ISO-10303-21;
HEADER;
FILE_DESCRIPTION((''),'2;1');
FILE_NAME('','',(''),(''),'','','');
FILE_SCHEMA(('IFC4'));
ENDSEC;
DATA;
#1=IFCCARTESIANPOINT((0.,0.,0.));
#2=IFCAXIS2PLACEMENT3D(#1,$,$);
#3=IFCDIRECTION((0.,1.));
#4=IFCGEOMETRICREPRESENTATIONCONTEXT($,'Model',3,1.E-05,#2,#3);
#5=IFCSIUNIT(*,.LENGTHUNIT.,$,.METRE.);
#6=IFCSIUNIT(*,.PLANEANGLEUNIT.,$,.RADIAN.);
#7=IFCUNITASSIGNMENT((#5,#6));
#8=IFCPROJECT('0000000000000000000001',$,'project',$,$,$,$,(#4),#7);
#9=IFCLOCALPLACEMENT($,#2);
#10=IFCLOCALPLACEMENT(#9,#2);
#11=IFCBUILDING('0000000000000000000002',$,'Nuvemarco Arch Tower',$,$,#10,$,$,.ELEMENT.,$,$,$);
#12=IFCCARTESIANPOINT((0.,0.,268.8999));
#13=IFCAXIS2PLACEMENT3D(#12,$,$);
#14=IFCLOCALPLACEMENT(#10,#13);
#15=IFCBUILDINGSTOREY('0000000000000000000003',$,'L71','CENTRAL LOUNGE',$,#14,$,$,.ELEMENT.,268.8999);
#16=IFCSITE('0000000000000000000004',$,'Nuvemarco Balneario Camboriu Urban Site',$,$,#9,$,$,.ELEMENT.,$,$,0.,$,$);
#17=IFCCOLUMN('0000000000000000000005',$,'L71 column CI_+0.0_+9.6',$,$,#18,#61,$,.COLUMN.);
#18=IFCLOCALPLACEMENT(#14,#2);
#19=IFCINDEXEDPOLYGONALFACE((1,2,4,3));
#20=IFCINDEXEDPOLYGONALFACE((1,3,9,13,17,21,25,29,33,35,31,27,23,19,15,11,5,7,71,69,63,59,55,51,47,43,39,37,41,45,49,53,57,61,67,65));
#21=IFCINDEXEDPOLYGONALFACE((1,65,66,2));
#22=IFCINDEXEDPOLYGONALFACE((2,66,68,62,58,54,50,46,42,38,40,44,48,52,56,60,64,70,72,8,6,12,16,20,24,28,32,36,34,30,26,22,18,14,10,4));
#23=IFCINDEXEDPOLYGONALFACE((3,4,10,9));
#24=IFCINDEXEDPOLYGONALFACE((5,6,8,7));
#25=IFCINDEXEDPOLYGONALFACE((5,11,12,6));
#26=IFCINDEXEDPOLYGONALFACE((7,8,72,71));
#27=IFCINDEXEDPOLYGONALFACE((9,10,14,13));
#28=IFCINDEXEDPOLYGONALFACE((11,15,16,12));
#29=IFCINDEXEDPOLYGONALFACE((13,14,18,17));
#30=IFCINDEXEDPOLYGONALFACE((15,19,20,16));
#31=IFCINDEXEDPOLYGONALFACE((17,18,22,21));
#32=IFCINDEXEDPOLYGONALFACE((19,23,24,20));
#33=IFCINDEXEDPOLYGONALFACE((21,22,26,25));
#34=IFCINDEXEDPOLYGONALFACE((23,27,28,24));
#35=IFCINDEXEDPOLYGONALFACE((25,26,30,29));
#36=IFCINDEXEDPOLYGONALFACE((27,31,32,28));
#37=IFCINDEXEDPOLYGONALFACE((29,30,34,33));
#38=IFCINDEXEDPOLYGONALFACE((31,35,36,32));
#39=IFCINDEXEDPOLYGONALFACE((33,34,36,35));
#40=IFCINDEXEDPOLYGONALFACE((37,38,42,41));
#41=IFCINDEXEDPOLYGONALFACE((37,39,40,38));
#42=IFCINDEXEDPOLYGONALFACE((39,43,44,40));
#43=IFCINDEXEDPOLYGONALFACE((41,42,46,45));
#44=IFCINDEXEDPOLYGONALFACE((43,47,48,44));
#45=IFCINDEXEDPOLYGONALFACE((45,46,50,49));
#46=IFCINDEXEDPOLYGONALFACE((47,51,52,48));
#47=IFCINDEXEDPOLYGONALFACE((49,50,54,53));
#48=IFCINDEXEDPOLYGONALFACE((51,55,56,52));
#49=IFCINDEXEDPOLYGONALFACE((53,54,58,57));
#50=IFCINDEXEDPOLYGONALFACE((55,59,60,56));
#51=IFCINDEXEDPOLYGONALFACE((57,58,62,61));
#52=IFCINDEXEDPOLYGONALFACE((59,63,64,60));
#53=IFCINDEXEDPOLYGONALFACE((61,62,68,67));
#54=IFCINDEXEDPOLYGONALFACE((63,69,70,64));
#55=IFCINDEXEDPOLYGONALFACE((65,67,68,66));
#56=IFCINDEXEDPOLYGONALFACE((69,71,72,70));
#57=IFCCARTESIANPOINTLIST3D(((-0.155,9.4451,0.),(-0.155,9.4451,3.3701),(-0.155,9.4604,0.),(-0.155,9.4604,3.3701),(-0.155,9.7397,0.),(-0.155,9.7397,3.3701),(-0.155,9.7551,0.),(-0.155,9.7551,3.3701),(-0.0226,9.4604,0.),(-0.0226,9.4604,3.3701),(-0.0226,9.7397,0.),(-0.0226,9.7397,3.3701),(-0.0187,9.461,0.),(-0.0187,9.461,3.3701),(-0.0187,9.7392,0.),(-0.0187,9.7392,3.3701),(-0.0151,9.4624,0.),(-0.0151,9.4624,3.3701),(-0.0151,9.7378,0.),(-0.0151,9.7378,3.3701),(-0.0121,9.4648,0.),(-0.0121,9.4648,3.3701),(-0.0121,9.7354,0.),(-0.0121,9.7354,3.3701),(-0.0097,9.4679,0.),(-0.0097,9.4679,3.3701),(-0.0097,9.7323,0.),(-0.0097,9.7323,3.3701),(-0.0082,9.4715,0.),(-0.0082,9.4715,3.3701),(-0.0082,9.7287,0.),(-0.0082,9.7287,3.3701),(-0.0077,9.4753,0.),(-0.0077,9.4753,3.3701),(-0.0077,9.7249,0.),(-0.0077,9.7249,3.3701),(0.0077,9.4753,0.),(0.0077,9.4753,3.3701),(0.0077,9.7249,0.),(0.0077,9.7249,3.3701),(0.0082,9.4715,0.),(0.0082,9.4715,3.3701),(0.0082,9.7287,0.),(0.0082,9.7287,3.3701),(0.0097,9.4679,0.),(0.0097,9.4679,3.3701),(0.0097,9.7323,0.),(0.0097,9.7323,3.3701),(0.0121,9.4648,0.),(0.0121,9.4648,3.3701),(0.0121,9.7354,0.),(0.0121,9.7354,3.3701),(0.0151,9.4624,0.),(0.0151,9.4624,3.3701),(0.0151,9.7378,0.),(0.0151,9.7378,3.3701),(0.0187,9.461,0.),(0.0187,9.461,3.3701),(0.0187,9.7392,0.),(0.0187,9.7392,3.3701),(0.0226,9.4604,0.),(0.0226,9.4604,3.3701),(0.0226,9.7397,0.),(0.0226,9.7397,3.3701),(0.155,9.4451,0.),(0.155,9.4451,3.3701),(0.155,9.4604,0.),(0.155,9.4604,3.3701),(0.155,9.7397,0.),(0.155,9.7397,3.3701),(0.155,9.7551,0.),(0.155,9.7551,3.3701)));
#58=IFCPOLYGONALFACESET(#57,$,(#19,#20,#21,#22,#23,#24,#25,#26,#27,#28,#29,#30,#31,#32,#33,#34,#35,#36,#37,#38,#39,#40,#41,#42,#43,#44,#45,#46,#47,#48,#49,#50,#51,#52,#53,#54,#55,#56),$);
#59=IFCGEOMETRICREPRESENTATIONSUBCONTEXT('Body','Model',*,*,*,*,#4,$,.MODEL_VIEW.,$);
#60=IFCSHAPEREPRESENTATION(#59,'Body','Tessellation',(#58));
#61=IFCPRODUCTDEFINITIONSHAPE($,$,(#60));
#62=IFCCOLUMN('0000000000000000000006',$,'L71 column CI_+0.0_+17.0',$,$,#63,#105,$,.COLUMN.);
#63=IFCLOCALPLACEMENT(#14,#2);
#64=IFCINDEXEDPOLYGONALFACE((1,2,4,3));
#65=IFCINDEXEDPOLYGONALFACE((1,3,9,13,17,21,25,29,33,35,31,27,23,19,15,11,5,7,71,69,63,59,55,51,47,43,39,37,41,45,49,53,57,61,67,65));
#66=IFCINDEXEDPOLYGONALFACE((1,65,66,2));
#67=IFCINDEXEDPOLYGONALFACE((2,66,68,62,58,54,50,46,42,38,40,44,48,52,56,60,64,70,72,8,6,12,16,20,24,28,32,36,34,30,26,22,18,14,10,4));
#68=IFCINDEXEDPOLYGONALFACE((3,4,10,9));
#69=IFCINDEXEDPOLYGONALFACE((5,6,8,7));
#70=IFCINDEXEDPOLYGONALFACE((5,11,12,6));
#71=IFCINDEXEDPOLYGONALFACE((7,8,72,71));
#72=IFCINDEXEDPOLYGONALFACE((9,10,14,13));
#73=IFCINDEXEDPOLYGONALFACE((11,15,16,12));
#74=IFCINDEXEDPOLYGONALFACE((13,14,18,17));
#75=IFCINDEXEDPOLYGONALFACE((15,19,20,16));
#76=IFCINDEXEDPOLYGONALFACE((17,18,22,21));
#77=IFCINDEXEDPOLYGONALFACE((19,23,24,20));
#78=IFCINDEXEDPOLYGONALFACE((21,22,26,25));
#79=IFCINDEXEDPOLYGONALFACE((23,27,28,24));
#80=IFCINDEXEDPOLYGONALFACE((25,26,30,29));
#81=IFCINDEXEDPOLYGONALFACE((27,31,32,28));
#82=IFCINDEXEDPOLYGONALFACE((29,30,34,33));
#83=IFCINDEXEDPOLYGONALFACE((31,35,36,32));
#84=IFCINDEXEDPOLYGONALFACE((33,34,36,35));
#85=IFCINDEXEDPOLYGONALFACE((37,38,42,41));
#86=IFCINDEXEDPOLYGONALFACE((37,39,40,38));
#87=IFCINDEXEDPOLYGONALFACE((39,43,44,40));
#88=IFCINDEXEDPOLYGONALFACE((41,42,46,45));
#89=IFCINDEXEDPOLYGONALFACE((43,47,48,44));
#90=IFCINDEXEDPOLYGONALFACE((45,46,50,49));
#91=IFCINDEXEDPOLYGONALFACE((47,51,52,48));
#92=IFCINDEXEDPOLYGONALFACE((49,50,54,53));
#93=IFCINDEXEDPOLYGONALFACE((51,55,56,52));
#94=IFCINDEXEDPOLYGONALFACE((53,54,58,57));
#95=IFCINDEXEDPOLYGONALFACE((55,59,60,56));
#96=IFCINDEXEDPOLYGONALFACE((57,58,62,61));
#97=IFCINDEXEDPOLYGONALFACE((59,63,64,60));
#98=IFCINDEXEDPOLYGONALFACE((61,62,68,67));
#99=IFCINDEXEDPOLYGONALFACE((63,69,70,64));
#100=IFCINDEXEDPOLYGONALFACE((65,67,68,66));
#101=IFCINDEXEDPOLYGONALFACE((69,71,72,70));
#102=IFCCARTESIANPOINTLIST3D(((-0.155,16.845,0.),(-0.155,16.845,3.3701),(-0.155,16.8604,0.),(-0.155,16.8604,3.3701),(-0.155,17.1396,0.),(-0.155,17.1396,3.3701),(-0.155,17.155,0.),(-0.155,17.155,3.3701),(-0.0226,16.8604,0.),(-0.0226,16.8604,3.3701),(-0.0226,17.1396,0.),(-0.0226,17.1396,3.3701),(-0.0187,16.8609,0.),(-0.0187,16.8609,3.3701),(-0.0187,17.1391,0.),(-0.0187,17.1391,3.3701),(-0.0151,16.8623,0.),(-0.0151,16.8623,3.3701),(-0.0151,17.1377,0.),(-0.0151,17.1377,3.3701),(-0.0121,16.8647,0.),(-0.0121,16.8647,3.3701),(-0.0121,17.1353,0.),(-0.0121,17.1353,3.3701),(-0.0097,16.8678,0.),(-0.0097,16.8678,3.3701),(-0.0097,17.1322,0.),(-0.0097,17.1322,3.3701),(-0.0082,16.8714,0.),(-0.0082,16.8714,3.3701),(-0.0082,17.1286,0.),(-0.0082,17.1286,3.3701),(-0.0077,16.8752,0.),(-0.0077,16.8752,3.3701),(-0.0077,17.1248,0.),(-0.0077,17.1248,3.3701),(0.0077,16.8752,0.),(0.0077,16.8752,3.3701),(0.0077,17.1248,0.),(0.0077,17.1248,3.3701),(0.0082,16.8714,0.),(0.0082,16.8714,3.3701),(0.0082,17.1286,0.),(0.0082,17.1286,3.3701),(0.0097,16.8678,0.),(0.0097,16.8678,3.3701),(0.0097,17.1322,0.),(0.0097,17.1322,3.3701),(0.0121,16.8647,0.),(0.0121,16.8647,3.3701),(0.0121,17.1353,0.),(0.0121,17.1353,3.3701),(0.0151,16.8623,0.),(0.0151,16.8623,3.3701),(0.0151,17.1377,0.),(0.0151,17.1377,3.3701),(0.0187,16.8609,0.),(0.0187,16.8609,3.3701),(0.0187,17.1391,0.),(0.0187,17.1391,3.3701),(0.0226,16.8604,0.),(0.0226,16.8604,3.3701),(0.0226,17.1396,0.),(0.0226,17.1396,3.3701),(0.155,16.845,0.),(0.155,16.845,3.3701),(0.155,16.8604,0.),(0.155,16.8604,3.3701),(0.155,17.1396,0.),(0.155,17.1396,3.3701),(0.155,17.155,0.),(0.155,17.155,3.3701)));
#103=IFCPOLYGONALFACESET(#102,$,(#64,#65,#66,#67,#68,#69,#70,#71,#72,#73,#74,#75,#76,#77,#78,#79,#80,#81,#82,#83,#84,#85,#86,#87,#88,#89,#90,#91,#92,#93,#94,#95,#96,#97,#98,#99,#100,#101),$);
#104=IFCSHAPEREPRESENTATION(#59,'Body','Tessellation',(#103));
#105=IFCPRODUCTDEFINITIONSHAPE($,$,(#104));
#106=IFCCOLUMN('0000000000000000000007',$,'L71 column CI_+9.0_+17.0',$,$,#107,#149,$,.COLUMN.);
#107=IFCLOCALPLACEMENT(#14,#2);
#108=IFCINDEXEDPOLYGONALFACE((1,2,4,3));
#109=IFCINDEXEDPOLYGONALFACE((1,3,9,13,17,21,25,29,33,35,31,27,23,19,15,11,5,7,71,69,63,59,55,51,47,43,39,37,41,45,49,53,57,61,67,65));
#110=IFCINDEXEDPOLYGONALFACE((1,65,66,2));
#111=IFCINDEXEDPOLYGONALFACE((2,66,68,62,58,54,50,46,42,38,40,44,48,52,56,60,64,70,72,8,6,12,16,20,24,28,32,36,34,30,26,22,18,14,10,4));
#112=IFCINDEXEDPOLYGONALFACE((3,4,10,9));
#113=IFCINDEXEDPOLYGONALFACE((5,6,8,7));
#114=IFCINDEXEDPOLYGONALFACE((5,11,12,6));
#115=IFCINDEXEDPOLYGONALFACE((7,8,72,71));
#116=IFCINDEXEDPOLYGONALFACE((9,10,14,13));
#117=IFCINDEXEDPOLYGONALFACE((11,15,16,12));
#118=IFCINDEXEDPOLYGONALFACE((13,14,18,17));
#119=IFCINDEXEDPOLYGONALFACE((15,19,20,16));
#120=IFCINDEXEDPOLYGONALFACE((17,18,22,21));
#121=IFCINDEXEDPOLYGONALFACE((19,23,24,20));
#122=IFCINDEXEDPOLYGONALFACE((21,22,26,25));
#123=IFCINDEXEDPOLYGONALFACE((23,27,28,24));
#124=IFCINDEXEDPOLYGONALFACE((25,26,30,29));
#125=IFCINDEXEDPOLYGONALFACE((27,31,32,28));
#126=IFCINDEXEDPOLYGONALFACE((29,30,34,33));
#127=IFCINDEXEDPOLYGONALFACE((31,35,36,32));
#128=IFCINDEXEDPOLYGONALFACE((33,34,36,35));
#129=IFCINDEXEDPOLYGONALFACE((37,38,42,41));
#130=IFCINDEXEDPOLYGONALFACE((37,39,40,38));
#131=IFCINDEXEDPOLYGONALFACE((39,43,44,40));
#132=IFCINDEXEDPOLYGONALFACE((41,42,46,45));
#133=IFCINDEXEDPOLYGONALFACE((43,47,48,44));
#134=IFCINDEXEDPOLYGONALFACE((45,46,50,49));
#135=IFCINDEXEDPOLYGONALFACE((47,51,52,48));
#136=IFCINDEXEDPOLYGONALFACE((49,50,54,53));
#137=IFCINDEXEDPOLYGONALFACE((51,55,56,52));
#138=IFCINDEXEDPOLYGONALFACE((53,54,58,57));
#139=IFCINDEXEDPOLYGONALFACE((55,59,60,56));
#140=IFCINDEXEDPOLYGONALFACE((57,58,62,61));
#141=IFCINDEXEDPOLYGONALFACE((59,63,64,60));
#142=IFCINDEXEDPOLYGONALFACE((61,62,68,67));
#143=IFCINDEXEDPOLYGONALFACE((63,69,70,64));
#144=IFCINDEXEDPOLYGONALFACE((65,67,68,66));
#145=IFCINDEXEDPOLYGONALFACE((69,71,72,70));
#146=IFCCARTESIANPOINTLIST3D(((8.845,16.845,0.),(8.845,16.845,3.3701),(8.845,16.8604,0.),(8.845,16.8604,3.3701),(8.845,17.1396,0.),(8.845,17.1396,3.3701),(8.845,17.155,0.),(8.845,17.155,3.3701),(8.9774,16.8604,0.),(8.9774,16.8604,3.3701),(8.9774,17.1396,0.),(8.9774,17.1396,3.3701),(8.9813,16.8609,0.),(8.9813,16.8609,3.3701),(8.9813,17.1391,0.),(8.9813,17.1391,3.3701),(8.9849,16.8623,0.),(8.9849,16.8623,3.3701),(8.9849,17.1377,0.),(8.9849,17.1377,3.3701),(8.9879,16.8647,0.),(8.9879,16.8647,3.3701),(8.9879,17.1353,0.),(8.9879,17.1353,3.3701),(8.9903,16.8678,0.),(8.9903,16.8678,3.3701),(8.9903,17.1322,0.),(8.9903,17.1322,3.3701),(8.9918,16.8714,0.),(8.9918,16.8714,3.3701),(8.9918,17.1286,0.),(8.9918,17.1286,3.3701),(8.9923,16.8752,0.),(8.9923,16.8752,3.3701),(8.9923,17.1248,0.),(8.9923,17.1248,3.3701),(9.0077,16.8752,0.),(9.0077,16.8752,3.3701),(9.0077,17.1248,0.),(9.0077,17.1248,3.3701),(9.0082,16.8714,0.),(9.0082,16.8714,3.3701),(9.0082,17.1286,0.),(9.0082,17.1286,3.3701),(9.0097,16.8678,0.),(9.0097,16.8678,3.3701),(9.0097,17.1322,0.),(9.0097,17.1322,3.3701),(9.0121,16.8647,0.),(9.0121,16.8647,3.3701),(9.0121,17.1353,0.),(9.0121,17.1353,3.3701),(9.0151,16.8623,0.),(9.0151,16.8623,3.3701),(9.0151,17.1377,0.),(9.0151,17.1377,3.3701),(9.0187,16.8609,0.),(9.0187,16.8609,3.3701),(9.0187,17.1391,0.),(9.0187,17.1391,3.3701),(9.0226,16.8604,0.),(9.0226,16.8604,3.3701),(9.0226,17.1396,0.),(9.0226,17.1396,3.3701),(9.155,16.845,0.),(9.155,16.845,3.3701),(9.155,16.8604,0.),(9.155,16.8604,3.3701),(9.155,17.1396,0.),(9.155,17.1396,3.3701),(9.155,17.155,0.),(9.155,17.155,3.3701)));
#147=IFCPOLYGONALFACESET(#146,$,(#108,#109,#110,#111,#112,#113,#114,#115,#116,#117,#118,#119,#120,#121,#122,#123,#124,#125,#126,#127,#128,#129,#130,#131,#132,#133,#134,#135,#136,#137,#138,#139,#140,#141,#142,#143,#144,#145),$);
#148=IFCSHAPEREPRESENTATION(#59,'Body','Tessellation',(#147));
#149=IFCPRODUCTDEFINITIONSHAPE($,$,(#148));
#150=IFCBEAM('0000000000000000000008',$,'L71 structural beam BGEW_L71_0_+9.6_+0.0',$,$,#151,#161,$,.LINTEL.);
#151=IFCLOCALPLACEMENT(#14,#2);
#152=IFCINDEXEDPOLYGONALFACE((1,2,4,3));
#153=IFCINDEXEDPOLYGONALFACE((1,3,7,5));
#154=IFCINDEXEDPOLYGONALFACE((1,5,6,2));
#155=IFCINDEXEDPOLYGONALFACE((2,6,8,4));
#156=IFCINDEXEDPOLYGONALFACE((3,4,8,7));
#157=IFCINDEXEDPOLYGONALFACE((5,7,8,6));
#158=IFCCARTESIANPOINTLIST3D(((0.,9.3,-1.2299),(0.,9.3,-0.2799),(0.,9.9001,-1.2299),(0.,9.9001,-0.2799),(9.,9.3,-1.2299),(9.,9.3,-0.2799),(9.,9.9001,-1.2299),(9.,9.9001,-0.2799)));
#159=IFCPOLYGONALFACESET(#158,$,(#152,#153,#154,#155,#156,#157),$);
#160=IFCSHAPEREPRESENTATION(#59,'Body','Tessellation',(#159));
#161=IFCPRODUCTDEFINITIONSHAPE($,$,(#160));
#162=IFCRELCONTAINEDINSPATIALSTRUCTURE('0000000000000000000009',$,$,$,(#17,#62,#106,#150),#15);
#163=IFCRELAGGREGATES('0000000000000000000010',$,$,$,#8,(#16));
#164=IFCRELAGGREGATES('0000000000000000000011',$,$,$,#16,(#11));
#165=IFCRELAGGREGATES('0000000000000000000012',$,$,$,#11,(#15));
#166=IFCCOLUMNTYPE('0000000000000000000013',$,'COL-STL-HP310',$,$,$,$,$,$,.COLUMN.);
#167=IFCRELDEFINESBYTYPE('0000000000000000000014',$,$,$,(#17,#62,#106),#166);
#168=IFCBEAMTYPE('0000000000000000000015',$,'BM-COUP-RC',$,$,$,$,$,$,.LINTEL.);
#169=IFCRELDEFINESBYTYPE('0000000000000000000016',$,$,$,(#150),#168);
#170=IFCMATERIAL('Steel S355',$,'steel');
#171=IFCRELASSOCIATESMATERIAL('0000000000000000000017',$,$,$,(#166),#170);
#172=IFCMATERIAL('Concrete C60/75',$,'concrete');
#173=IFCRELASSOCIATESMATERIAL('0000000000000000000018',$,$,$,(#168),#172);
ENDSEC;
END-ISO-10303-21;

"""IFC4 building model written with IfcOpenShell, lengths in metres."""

from ifc_helpers import new_model, si_unit, direction, frame, origin, origin_2d, place, context, subcontext, project, spatial, rectangle, i_section, extrude, material, material_profile, profile_set, type_object, element, save


model = new_model("IFC4")

# Units and contexts
model_context = context("Model", 3, precision=1e-05, world=origin(), true_north=direction((0.0, 1.0)))
body_context = subcontext(model_context, "Body", "Model", "MODEL_VIEW")
ifc_project = project(units=[si_unit("LENGTHUNIT", "METRE"), si_unit("PLANEANGLEUNIT", "RADIAN")], contexts=[model_context])

# Site, building, storey
site_placement = place(None, origin())
site = spatial("IfcSite", under=ifc_project, at=site_placement, Name="Nuvemarco Balneario Camboriu Urban Site", CompositionType="ELEMENT", RefElevation=0.0)
building_placement = place(site_placement, origin())
building = spatial("IfcBuilding", under=site, at=building_placement, Name="Nuvemarco Arch Tower", CompositionType="ELEMENT")
storey_placement = place(building_placement, frame((0.0, 0.0, 268.8999)))
storey = spatial("IfcBuildingStorey", under=building, at=storey_placement, Name="L71", Description="CENTRAL LOUNGE", CompositionType="ELEMENT", Elevation=268.8999)

# Columns
ifc_material_1 = material(Name="Steel S355", Category="steel")
ifc_material_profile_1 = material_profile(ifc_material_1, i_section(OverallWidth=0.3101, OverallDepth=0.3101, WebThickness=0.0154, FlangeThickness=0.0154, FilletRadius=0.0149, at=origin_2d()), Name="HP310x110")
ifc_profile_set_1 = profile_set([ifc_material_profile_1], Name="Steel S355")
column_type_1 = type_object("IfcColumnType", Name="COL-STL-HP310", PredefinedType="COLUMN", material=ifc_profile_set_1)
for number, where, z_axis, x_axis, name in (
    (1, (0.0, 9.6001, 0.0), (0.0, 0.0, 1.0), (1.0, 0.0, 0.0), "L71 column CI_+0.0_+9.6"),
    (2, (0.0, 17.0, 0.0), (0.0, 0.0, 1.0), (1.0, 0.0, 0.0), "L71 column CI_+0.0_+17.0"),
    (3, (9.0, 17.0, 0.0), (0.0, 0.0, 1.0), (1.0, 0.0, 0.0), "L71 column CI_+9.0_+17.0"),
):
    element("IfcColumn", number, at=place(storey_placement, frame(where, z_axis=z_axis, x_axis=x_axis)), inside=storey, type_object=column_type_1, Name=name, PredefinedType="COLUMN", context=body_context, shape_type="SweptSolid", body=[
        extrude(i_section(OverallWidth=0.3101, OverallDepth=0.3101, WebThickness=0.0154, FlangeThickness=0.0154, FilletRadius=0.0149, at=origin_2d()), origin(), (0.0, 0.0, 1.0), 3.3701),
    ])

# Beam
ifc_material_2 = material(Name="Concrete C60/75", Category="concrete")
ifc_material_profile_2 = material_profile(ifc_material_2, rectangle(XDim=0.6001, YDim=0.95, at=origin_2d()), Name="RC-BM-600x950")
ifc_profile_set_2 = profile_set([ifc_material_profile_2], Name="Concrete C60/75")
beam_type_1 = type_object("IfcBeamType", Name="BM-COUP-RC", PredefinedType="LINTEL", material=ifc_profile_set_2)
beam_1_placement = place(storey_placement, frame((0.0, 9.6001, -0.7549), z_axis=(1.0, 0.0, 0.0), x_axis=(0.0, 1.0, 0.0)))
element("IfcBeam", 4, at=beam_1_placement, inside=storey, type_object=beam_type_1, Name="L71 structural beam BGEW_L71_0_+9.6_+0.0", PredefinedType="LINTEL", context=body_context, shape_type="SweptSolid", body=[
    extrude(rectangle(XDim=0.6001, YDim=0.95, at=origin_2d()), origin(), (0.0, 0.0, 1.0), 9.0),
])

save(model, "model.ifc")
